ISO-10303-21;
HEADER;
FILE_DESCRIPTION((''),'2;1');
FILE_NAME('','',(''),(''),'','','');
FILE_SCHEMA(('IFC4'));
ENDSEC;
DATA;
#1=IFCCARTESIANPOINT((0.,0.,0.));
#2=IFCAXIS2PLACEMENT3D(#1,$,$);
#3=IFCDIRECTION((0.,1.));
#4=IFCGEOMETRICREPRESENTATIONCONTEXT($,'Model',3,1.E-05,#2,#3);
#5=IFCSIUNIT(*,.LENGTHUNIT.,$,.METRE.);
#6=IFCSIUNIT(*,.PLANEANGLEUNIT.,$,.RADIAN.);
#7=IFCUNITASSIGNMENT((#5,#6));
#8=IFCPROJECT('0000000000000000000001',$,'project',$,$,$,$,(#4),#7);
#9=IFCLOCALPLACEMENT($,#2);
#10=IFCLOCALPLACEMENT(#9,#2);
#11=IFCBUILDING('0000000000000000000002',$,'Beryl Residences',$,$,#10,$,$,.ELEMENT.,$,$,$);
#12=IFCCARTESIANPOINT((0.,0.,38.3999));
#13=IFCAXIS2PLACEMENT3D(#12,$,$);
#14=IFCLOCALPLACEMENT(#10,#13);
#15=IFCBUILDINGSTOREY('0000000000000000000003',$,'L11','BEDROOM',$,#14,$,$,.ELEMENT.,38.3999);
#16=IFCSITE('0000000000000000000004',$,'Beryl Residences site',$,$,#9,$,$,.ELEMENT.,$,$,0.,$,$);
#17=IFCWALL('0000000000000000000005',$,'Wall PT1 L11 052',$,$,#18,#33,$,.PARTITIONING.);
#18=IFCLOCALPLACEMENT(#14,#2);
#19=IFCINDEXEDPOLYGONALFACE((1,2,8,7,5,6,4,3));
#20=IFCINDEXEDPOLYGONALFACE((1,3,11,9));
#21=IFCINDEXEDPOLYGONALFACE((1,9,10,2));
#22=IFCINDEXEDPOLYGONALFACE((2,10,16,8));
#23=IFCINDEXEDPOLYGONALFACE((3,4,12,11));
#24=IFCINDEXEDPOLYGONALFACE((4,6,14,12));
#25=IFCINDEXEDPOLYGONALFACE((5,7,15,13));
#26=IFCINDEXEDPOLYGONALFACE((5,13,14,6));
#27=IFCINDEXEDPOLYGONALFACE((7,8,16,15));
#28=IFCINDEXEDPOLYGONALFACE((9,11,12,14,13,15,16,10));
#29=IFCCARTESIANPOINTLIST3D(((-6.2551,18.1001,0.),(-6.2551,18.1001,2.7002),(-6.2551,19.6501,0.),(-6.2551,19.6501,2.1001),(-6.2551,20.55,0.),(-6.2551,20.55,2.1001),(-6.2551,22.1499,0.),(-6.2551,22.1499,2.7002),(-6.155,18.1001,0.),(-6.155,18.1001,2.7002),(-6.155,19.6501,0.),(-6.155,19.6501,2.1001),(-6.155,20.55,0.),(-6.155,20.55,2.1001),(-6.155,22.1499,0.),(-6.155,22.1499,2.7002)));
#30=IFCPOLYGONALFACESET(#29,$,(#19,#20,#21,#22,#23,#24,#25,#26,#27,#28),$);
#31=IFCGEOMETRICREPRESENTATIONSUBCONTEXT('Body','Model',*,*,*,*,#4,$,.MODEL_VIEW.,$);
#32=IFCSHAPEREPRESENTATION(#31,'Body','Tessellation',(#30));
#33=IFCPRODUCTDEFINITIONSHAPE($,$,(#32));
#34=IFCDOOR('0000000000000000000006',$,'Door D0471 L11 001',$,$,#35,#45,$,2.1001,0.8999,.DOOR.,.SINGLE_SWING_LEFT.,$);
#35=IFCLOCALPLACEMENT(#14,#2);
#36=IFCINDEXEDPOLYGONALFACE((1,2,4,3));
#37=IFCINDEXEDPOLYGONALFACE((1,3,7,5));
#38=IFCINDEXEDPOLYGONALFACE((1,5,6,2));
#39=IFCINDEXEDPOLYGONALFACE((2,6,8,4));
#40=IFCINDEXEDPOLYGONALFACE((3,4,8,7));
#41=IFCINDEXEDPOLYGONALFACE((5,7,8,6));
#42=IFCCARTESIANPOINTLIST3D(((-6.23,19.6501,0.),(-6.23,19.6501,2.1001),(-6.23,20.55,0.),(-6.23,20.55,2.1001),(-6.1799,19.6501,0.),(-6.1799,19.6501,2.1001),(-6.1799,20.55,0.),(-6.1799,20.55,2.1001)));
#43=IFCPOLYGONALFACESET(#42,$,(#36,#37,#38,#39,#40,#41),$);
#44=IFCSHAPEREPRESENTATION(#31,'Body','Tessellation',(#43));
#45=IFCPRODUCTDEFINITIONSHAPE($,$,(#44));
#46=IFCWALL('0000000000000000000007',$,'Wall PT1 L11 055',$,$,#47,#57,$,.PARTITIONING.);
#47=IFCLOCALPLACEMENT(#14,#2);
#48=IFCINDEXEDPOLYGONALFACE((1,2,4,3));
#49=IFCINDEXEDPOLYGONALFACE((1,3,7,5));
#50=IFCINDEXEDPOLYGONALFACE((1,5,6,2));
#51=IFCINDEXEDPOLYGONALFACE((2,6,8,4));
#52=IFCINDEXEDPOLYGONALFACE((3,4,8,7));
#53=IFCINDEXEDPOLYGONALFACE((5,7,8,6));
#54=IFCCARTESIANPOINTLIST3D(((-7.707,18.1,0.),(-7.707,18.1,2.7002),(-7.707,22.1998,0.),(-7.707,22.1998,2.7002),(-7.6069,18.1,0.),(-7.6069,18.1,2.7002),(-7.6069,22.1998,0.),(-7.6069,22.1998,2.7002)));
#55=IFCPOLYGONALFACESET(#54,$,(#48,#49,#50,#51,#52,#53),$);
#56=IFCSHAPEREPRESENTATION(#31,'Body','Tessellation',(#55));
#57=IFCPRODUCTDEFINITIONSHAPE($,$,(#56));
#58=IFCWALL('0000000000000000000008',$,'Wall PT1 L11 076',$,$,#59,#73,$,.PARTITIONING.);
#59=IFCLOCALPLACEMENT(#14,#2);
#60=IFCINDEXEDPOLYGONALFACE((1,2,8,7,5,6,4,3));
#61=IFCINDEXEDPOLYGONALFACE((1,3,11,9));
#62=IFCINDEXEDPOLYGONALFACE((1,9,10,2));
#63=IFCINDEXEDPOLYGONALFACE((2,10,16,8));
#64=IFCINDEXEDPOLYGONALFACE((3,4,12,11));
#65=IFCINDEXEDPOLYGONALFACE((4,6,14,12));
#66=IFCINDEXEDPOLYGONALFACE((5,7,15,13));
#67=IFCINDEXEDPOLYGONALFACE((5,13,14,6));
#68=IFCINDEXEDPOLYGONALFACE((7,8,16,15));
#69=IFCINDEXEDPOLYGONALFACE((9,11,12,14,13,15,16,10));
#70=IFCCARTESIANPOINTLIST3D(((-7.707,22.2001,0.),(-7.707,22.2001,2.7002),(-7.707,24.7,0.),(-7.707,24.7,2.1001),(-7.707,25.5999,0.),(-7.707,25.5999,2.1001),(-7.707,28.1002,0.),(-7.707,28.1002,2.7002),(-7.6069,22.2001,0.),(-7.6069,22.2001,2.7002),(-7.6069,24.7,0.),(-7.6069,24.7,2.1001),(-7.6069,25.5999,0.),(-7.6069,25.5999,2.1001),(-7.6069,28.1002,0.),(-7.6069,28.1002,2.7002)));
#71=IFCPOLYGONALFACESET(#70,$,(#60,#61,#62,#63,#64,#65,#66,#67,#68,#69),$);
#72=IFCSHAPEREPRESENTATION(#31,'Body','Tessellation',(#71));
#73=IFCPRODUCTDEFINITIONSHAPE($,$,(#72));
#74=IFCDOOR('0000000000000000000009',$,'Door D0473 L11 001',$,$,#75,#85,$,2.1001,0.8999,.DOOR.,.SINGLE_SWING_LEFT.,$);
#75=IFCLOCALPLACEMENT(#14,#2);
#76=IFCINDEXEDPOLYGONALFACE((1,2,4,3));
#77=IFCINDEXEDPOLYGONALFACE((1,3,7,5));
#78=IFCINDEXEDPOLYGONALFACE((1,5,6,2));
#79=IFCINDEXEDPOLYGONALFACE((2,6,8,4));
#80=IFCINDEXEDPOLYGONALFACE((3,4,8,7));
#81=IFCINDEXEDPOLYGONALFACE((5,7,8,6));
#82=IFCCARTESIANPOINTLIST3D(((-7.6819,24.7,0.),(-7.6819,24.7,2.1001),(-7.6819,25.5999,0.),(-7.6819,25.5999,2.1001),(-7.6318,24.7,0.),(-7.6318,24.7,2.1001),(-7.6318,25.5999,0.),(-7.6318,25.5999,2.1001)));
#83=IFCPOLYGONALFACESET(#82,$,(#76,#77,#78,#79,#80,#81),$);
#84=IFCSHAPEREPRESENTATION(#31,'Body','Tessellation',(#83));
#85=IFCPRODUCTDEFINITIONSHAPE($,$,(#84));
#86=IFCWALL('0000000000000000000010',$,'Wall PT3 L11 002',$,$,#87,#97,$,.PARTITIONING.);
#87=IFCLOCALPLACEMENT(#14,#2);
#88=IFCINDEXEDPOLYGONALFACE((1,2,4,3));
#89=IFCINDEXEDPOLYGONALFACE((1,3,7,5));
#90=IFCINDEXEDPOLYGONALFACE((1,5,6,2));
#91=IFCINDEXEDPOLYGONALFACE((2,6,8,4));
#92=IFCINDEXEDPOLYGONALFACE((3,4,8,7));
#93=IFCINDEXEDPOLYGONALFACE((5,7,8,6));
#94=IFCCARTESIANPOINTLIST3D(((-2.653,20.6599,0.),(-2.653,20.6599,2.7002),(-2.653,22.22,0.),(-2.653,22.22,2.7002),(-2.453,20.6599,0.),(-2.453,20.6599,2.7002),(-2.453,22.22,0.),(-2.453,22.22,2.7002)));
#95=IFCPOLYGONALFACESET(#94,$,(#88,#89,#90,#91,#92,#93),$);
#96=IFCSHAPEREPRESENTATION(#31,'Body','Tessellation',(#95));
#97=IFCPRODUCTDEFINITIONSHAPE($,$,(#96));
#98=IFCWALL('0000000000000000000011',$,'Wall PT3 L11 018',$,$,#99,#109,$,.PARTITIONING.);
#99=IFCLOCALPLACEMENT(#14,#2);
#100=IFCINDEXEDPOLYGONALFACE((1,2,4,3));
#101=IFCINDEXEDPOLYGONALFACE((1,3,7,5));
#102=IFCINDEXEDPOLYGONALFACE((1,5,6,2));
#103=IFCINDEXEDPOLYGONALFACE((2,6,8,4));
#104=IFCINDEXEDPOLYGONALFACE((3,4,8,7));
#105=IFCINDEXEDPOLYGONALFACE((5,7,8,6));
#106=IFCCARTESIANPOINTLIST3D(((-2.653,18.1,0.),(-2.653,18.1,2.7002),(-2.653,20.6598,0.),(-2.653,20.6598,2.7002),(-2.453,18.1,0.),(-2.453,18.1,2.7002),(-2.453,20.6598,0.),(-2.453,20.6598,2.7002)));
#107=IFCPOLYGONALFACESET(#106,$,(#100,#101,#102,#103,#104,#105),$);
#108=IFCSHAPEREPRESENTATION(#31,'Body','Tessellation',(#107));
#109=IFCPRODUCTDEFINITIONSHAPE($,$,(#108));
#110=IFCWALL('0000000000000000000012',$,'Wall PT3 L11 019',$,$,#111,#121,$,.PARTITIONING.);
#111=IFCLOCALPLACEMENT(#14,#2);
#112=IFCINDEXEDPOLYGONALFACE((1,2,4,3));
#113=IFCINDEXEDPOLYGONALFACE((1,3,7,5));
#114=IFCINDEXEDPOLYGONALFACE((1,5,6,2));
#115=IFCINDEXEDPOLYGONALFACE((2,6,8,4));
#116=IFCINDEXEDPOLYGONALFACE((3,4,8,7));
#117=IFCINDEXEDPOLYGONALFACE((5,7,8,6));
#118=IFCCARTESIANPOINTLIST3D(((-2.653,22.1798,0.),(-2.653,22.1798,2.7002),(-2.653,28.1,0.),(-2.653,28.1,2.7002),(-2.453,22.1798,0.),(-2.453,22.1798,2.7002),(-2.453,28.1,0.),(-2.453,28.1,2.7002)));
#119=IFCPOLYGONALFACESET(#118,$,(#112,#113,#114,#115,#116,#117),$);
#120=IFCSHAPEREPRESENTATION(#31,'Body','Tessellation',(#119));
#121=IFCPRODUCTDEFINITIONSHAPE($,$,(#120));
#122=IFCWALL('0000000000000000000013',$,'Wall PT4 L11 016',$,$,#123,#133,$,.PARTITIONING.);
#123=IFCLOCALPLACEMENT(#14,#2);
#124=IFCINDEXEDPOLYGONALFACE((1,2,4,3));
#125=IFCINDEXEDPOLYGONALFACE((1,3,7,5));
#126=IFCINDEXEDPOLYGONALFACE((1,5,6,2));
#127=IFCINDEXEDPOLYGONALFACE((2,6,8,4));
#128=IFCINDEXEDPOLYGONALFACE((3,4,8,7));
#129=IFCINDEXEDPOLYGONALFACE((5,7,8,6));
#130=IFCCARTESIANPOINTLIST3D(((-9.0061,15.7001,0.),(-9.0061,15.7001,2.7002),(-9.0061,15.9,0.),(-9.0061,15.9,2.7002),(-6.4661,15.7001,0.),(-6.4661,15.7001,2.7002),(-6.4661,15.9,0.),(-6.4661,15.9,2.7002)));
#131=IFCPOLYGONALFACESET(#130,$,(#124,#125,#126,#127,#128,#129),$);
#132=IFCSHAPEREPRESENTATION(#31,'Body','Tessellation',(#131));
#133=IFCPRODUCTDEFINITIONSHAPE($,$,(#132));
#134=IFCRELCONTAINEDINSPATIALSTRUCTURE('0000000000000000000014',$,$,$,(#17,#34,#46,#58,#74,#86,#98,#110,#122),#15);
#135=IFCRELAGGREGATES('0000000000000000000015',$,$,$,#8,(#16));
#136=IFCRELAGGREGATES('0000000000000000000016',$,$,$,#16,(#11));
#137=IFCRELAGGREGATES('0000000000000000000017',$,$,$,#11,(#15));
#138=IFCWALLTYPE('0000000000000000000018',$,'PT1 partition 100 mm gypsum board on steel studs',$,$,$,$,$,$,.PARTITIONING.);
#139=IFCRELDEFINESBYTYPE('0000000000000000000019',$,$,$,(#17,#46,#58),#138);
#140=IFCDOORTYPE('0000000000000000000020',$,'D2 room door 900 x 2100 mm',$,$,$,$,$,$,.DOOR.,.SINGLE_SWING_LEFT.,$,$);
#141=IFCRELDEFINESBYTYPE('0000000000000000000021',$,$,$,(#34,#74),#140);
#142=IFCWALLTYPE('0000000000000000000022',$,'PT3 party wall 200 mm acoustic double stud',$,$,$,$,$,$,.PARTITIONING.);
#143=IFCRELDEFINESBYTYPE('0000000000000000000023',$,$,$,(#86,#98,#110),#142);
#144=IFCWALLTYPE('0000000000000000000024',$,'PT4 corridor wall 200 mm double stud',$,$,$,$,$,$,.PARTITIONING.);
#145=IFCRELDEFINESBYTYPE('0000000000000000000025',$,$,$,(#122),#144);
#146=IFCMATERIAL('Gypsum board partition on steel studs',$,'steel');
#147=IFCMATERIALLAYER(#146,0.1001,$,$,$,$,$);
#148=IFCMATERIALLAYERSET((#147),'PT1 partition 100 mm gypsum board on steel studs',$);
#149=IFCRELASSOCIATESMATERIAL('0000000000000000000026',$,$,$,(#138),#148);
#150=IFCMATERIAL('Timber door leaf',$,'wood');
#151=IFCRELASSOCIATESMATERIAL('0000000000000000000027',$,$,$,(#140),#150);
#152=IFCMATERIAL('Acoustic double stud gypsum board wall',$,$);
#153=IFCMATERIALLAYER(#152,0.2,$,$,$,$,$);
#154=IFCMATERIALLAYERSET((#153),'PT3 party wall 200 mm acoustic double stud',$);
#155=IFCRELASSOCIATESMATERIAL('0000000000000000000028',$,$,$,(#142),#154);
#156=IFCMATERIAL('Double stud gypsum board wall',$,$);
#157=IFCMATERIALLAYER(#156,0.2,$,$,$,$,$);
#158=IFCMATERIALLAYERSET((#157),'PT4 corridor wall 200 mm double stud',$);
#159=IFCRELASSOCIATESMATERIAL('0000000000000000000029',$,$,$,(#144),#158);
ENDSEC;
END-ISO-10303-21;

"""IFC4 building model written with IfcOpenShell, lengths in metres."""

from ifc_helpers import new_model, si_unit, direction, frame, frame_2d, origin, place, context, subcontext, project, spatial, rectangle, extrude, material, layer, layer_set, type_object, element, fill, save


model = new_model("IFC4")

# Units and contexts
model_context = context("Model", 3, precision=1e-05, world=origin(), true_north=direction((0.0, 1.0)))
body_context = subcontext(model_context, "Body", "Model", "MODEL_VIEW")
ifc_project = project(units=[si_unit("LENGTHUNIT", "METRE"), si_unit("PLANEANGLEUNIT", "RADIAN")], contexts=[model_context])

# Site, building, storey
site_placement = place(None, origin())
site = spatial("IfcSite", under=ifc_project, at=site_placement, Name="Beryl Residences site", CompositionType="ELEMENT", RefElevation=0.0)
building_placement = place(site_placement, origin())
building = spatial("IfcBuilding", under=site, at=building_placement, Name="Beryl Residences", CompositionType="ELEMENT")
storey_placement = place(building_placement, frame((0.0, 0.0, 38.3999)))
storey = spatial("IfcBuildingStorey", under=building, at=storey_placement, Name="L11", Description="BEDROOM", CompositionType="ELEMENT", Elevation=38.3999)

# Shared definitions
ifc_material_1 = material(Name="Gypsum board partition on steel studs", Category="steel")
ifc_layer_1 = layer(ifc_material_1, 0.1001)
ifc_layer_set_1 = layer_set([ifc_layer_1], Name="PT1 partition 100 mm gypsum board on steel studs")
wall_type_1 = type_object("IfcWallType", Name="PT1 partition 100 mm gypsum board on steel studs", PredefinedType="PARTITIONING", material=ifc_layer_set_1)

# Wall, opening, door
ifc_material_2 = material(Name="Timber door leaf", Category="wood")
door_type_1 = type_object("IfcDoorType", Name="D2 room door 900 x 2100 mm", OperationType="SINGLE_SWING_LEFT", PredefinedType="DOOR", material=ifc_material_2)
wall_1_placement = place(storey_placement, frame((-6.2051, 18.1001, 0.0), z_axis=(0.0, 0.0, 1.0), x_axis=(0.0, 1.0, 0.0)))
wall_1 = element("IfcWall", 1, at=wall_1_placement, inside=storey, type_object=wall_type_1, Name="Wall PT1 L11 052", PredefinedType="PARTITIONING", context=body_context, shape_type="SweptSolid", body=[
    extrude(rectangle(XDim=4.0498, YDim=0.1001, at=frame_2d((2.0249, 0.0))), origin(), (0.0, 0.0, 1.0), 2.7002),
])
opening_1_placement = place(wall_1_placement, frame((1.55, 0.0, 0.0)))
opening_1 = element("IfcOpeningElement", 2, at=opening_1_placement, cuts=wall_1, PredefinedType="OPENING", context=body_context, shape_type="SweptSolid", body=[
    extrude(rectangle(XDim=0.8999, YDim=2.1001, at=frame_2d((0.45, 1.05))), frame((0.0, 0.0601, 0.0), z_axis=(0.0, -1.0, 0.0), x_axis=(1.0, 0.0, 0.0)), (0.0, 0.0, 1.0), 0.1201),
])
door_1_placement = place(opening_1_placement, origin())
door_1 = element("IfcDoor", 3, at=door_1_placement, inside=storey, type_object=door_type_1, Name="Door D0471 L11 001", OperationType="SINGLE_SWING_LEFT", OverallHeight=2.1001, OverallWidth=0.8999, PredefinedType="DOOR", context=body_context, shape_type="SweptSolid", body=[
    extrude(rectangle(XDim=0.8999, YDim=2.1001, at=frame_2d((0.45, 1.05))), frame((0.0, 0.0249, 0.0), z_axis=(0.0, -1.0, 0.0), x_axis=(1.0, 0.0, 0.0)), (0.0, 0.0, 1.0), 0.05),
])
fill(opening_1, door_1)

# Wall
wall_2_placement = place(storey_placement, frame((-7.657, 18.1001, 0.0), z_axis=(0.0, 0.0, 1.0), x_axis=(0.0, 1.0, 0.0)))
element("IfcWall", 4, at=wall_2_placement, inside=storey, type_object=wall_type_1, Name="Wall PT1 L11 055", PredefinedType="PARTITIONING", context=body_context, shape_type="SweptSolid", body=[
    extrude(rectangle(XDim=4.0999, YDim=0.1001, at=frame_2d((2.0498, 0.0))), origin(), (0.0, 0.0, 1.0), 2.7002),
])

# Wall, opening, door
wall_3_placement = place(storey_placement, frame((-7.657, 22.2, 0.0), z_axis=(0.0, 0.0, 1.0), x_axis=(0.0, 1.0, 0.0)))
wall_3 = element("IfcWall", 5, at=wall_3_placement, inside=storey, type_object=wall_type_1, Name="Wall PT1 L11 076", PredefinedType="PARTITIONING", context=body_context, shape_type="SweptSolid", body=[
    extrude(rectangle(XDim=5.9001, YDim=0.1001, at=frame_2d((2.9502, 0.0))), origin(), (0.0, 0.0, 1.0), 2.7002),
])
opening_2_placement = place(wall_3_placement, frame((2.5, 0.0, 0.0)))
opening_2 = element("IfcOpeningElement", 6, at=opening_2_placement, cuts=wall_3, PredefinedType="OPENING", context=body_context, shape_type="SweptSolid", body=[
    extrude(rectangle(XDim=0.8999, YDim=2.1001, at=frame_2d((0.45, 1.05))), frame((0.0, 0.0601, 0.0), z_axis=(0.0, -1.0, 0.0), x_axis=(1.0, 0.0, 0.0)), (0.0, 0.0, 1.0), 0.1201),
])
door_2_placement = place(opening_2_placement, origin())
door_2 = element("IfcDoor", 7, at=door_2_placement, inside=storey, type_object=door_type_1, Name="Door D0473 L11 001", OperationType="SINGLE_SWING_LEFT", OverallHeight=2.1001, OverallWidth=0.8999, PredefinedType="DOOR", context=body_context, shape_type="SweptSolid", body=[
    extrude(rectangle(XDim=0.8999, YDim=2.1001, at=frame_2d((0.45, 1.05))), frame((0.0, 0.0249, 0.0), z_axis=(0.0, -1.0, 0.0), x_axis=(1.0, 0.0, 0.0)), (0.0, 0.0, 1.0), 0.05),
])
fill(opening_2, door_2)

# Walls
ifc_material_3 = material(Name="Acoustic double stud gypsum board wall")
ifc_layer_2 = layer(ifc_material_3, 0.2)
ifc_layer_set_2 = layer_set([ifc_layer_2], Name="PT3 party wall 200 mm acoustic double stud")
wall_type_2 = type_object("IfcWallType", Name="PT3 party wall 200 mm acoustic double stud", PredefinedType="PARTITIONING", material=ifc_layer_set_2)
wall_4_placement = place(storey_placement, frame((-2.553, 22.22, 0.0), z_axis=(0.0, 0.0, 1.0), x_axis=(0.0, -1.0, 0.0)))
element("IfcWall", 8, at=wall_4_placement, inside=storey, type_object=wall_type_2, Name="Wall PT3 L11 002", PredefinedType="PARTITIONING", context=body_context, shape_type="SweptSolid", body=[
    extrude(rectangle(XDim=1.5601, YDim=0.2, at=frame_2d((0.78, 0.0))), origin(), (0.0, 0.0, 1.0), 2.7002),
])
wall_5_placement = place(storey_placement, frame((-2.553, 18.1001, 0.0), z_axis=(0.0, 0.0, 1.0), x_axis=(0.0, 1.0, 0.0)))
element("IfcWall", 9, at=wall_5_placement, inside=storey, type_object=wall_type_2, Name="Wall PT3 L11 018", PredefinedType="PARTITIONING", context=body_context, shape_type="SweptSolid", body=[
    extrude(rectangle(XDim=2.5598, YDim=0.2, at=frame_2d((1.2798, 0.0))), origin(), (0.0, 0.0, 1.0), 2.7002),
])
wall_6_placement = place(storey_placement, frame((-2.553, 22.1799, 0.0), z_axis=(0.0, 0.0, 1.0), x_axis=(0.0, 1.0, 0.0)))
element("IfcWall", 10, at=wall_6_placement, inside=storey, type_object=wall_type_2, Name="Wall PT3 L11 019", PredefinedType="PARTITIONING", context=body_context, shape_type="SweptSolid", body=[
    extrude(rectangle(XDim=5.9202, YDim=0.2, at=frame_2d((2.96, 0.0))), origin(), (0.0, 0.0, 1.0), 2.7002),
])
ifc_material_4 = material(Name="Double stud gypsum board wall")
ifc_layer_3 = layer(ifc_material_4, 0.2)
ifc_layer_set_3 = layer_set([ifc_layer_3], Name="PT4 corridor wall 200 mm double stud")
wall_type_3 = type_object("IfcWallType", Name="PT4 corridor wall 200 mm double stud", PredefinedType="PARTITIONING", material=ifc_layer_set_3)
wall_7_placement = place(storey_placement, frame((-9.0061, 15.8, 0.0), z_axis=(0.0, 0.0, 1.0), x_axis=(1.0, 0.0, 0.0)))
element("IfcWall", 11, at=wall_7_placement, inside=storey, type_object=wall_type_3, Name="Wall PT4 L11 016", PredefinedType="PARTITIONING", context=body_context, shape_type="SweptSolid", body=[
    extrude(rectangle(XDim=2.54, YDim=0.2, at=frame_2d((1.27, 0.0))), origin(), (0.0, 0.0, 1.0), 2.7002),
])

save(model, "model.ifc")
